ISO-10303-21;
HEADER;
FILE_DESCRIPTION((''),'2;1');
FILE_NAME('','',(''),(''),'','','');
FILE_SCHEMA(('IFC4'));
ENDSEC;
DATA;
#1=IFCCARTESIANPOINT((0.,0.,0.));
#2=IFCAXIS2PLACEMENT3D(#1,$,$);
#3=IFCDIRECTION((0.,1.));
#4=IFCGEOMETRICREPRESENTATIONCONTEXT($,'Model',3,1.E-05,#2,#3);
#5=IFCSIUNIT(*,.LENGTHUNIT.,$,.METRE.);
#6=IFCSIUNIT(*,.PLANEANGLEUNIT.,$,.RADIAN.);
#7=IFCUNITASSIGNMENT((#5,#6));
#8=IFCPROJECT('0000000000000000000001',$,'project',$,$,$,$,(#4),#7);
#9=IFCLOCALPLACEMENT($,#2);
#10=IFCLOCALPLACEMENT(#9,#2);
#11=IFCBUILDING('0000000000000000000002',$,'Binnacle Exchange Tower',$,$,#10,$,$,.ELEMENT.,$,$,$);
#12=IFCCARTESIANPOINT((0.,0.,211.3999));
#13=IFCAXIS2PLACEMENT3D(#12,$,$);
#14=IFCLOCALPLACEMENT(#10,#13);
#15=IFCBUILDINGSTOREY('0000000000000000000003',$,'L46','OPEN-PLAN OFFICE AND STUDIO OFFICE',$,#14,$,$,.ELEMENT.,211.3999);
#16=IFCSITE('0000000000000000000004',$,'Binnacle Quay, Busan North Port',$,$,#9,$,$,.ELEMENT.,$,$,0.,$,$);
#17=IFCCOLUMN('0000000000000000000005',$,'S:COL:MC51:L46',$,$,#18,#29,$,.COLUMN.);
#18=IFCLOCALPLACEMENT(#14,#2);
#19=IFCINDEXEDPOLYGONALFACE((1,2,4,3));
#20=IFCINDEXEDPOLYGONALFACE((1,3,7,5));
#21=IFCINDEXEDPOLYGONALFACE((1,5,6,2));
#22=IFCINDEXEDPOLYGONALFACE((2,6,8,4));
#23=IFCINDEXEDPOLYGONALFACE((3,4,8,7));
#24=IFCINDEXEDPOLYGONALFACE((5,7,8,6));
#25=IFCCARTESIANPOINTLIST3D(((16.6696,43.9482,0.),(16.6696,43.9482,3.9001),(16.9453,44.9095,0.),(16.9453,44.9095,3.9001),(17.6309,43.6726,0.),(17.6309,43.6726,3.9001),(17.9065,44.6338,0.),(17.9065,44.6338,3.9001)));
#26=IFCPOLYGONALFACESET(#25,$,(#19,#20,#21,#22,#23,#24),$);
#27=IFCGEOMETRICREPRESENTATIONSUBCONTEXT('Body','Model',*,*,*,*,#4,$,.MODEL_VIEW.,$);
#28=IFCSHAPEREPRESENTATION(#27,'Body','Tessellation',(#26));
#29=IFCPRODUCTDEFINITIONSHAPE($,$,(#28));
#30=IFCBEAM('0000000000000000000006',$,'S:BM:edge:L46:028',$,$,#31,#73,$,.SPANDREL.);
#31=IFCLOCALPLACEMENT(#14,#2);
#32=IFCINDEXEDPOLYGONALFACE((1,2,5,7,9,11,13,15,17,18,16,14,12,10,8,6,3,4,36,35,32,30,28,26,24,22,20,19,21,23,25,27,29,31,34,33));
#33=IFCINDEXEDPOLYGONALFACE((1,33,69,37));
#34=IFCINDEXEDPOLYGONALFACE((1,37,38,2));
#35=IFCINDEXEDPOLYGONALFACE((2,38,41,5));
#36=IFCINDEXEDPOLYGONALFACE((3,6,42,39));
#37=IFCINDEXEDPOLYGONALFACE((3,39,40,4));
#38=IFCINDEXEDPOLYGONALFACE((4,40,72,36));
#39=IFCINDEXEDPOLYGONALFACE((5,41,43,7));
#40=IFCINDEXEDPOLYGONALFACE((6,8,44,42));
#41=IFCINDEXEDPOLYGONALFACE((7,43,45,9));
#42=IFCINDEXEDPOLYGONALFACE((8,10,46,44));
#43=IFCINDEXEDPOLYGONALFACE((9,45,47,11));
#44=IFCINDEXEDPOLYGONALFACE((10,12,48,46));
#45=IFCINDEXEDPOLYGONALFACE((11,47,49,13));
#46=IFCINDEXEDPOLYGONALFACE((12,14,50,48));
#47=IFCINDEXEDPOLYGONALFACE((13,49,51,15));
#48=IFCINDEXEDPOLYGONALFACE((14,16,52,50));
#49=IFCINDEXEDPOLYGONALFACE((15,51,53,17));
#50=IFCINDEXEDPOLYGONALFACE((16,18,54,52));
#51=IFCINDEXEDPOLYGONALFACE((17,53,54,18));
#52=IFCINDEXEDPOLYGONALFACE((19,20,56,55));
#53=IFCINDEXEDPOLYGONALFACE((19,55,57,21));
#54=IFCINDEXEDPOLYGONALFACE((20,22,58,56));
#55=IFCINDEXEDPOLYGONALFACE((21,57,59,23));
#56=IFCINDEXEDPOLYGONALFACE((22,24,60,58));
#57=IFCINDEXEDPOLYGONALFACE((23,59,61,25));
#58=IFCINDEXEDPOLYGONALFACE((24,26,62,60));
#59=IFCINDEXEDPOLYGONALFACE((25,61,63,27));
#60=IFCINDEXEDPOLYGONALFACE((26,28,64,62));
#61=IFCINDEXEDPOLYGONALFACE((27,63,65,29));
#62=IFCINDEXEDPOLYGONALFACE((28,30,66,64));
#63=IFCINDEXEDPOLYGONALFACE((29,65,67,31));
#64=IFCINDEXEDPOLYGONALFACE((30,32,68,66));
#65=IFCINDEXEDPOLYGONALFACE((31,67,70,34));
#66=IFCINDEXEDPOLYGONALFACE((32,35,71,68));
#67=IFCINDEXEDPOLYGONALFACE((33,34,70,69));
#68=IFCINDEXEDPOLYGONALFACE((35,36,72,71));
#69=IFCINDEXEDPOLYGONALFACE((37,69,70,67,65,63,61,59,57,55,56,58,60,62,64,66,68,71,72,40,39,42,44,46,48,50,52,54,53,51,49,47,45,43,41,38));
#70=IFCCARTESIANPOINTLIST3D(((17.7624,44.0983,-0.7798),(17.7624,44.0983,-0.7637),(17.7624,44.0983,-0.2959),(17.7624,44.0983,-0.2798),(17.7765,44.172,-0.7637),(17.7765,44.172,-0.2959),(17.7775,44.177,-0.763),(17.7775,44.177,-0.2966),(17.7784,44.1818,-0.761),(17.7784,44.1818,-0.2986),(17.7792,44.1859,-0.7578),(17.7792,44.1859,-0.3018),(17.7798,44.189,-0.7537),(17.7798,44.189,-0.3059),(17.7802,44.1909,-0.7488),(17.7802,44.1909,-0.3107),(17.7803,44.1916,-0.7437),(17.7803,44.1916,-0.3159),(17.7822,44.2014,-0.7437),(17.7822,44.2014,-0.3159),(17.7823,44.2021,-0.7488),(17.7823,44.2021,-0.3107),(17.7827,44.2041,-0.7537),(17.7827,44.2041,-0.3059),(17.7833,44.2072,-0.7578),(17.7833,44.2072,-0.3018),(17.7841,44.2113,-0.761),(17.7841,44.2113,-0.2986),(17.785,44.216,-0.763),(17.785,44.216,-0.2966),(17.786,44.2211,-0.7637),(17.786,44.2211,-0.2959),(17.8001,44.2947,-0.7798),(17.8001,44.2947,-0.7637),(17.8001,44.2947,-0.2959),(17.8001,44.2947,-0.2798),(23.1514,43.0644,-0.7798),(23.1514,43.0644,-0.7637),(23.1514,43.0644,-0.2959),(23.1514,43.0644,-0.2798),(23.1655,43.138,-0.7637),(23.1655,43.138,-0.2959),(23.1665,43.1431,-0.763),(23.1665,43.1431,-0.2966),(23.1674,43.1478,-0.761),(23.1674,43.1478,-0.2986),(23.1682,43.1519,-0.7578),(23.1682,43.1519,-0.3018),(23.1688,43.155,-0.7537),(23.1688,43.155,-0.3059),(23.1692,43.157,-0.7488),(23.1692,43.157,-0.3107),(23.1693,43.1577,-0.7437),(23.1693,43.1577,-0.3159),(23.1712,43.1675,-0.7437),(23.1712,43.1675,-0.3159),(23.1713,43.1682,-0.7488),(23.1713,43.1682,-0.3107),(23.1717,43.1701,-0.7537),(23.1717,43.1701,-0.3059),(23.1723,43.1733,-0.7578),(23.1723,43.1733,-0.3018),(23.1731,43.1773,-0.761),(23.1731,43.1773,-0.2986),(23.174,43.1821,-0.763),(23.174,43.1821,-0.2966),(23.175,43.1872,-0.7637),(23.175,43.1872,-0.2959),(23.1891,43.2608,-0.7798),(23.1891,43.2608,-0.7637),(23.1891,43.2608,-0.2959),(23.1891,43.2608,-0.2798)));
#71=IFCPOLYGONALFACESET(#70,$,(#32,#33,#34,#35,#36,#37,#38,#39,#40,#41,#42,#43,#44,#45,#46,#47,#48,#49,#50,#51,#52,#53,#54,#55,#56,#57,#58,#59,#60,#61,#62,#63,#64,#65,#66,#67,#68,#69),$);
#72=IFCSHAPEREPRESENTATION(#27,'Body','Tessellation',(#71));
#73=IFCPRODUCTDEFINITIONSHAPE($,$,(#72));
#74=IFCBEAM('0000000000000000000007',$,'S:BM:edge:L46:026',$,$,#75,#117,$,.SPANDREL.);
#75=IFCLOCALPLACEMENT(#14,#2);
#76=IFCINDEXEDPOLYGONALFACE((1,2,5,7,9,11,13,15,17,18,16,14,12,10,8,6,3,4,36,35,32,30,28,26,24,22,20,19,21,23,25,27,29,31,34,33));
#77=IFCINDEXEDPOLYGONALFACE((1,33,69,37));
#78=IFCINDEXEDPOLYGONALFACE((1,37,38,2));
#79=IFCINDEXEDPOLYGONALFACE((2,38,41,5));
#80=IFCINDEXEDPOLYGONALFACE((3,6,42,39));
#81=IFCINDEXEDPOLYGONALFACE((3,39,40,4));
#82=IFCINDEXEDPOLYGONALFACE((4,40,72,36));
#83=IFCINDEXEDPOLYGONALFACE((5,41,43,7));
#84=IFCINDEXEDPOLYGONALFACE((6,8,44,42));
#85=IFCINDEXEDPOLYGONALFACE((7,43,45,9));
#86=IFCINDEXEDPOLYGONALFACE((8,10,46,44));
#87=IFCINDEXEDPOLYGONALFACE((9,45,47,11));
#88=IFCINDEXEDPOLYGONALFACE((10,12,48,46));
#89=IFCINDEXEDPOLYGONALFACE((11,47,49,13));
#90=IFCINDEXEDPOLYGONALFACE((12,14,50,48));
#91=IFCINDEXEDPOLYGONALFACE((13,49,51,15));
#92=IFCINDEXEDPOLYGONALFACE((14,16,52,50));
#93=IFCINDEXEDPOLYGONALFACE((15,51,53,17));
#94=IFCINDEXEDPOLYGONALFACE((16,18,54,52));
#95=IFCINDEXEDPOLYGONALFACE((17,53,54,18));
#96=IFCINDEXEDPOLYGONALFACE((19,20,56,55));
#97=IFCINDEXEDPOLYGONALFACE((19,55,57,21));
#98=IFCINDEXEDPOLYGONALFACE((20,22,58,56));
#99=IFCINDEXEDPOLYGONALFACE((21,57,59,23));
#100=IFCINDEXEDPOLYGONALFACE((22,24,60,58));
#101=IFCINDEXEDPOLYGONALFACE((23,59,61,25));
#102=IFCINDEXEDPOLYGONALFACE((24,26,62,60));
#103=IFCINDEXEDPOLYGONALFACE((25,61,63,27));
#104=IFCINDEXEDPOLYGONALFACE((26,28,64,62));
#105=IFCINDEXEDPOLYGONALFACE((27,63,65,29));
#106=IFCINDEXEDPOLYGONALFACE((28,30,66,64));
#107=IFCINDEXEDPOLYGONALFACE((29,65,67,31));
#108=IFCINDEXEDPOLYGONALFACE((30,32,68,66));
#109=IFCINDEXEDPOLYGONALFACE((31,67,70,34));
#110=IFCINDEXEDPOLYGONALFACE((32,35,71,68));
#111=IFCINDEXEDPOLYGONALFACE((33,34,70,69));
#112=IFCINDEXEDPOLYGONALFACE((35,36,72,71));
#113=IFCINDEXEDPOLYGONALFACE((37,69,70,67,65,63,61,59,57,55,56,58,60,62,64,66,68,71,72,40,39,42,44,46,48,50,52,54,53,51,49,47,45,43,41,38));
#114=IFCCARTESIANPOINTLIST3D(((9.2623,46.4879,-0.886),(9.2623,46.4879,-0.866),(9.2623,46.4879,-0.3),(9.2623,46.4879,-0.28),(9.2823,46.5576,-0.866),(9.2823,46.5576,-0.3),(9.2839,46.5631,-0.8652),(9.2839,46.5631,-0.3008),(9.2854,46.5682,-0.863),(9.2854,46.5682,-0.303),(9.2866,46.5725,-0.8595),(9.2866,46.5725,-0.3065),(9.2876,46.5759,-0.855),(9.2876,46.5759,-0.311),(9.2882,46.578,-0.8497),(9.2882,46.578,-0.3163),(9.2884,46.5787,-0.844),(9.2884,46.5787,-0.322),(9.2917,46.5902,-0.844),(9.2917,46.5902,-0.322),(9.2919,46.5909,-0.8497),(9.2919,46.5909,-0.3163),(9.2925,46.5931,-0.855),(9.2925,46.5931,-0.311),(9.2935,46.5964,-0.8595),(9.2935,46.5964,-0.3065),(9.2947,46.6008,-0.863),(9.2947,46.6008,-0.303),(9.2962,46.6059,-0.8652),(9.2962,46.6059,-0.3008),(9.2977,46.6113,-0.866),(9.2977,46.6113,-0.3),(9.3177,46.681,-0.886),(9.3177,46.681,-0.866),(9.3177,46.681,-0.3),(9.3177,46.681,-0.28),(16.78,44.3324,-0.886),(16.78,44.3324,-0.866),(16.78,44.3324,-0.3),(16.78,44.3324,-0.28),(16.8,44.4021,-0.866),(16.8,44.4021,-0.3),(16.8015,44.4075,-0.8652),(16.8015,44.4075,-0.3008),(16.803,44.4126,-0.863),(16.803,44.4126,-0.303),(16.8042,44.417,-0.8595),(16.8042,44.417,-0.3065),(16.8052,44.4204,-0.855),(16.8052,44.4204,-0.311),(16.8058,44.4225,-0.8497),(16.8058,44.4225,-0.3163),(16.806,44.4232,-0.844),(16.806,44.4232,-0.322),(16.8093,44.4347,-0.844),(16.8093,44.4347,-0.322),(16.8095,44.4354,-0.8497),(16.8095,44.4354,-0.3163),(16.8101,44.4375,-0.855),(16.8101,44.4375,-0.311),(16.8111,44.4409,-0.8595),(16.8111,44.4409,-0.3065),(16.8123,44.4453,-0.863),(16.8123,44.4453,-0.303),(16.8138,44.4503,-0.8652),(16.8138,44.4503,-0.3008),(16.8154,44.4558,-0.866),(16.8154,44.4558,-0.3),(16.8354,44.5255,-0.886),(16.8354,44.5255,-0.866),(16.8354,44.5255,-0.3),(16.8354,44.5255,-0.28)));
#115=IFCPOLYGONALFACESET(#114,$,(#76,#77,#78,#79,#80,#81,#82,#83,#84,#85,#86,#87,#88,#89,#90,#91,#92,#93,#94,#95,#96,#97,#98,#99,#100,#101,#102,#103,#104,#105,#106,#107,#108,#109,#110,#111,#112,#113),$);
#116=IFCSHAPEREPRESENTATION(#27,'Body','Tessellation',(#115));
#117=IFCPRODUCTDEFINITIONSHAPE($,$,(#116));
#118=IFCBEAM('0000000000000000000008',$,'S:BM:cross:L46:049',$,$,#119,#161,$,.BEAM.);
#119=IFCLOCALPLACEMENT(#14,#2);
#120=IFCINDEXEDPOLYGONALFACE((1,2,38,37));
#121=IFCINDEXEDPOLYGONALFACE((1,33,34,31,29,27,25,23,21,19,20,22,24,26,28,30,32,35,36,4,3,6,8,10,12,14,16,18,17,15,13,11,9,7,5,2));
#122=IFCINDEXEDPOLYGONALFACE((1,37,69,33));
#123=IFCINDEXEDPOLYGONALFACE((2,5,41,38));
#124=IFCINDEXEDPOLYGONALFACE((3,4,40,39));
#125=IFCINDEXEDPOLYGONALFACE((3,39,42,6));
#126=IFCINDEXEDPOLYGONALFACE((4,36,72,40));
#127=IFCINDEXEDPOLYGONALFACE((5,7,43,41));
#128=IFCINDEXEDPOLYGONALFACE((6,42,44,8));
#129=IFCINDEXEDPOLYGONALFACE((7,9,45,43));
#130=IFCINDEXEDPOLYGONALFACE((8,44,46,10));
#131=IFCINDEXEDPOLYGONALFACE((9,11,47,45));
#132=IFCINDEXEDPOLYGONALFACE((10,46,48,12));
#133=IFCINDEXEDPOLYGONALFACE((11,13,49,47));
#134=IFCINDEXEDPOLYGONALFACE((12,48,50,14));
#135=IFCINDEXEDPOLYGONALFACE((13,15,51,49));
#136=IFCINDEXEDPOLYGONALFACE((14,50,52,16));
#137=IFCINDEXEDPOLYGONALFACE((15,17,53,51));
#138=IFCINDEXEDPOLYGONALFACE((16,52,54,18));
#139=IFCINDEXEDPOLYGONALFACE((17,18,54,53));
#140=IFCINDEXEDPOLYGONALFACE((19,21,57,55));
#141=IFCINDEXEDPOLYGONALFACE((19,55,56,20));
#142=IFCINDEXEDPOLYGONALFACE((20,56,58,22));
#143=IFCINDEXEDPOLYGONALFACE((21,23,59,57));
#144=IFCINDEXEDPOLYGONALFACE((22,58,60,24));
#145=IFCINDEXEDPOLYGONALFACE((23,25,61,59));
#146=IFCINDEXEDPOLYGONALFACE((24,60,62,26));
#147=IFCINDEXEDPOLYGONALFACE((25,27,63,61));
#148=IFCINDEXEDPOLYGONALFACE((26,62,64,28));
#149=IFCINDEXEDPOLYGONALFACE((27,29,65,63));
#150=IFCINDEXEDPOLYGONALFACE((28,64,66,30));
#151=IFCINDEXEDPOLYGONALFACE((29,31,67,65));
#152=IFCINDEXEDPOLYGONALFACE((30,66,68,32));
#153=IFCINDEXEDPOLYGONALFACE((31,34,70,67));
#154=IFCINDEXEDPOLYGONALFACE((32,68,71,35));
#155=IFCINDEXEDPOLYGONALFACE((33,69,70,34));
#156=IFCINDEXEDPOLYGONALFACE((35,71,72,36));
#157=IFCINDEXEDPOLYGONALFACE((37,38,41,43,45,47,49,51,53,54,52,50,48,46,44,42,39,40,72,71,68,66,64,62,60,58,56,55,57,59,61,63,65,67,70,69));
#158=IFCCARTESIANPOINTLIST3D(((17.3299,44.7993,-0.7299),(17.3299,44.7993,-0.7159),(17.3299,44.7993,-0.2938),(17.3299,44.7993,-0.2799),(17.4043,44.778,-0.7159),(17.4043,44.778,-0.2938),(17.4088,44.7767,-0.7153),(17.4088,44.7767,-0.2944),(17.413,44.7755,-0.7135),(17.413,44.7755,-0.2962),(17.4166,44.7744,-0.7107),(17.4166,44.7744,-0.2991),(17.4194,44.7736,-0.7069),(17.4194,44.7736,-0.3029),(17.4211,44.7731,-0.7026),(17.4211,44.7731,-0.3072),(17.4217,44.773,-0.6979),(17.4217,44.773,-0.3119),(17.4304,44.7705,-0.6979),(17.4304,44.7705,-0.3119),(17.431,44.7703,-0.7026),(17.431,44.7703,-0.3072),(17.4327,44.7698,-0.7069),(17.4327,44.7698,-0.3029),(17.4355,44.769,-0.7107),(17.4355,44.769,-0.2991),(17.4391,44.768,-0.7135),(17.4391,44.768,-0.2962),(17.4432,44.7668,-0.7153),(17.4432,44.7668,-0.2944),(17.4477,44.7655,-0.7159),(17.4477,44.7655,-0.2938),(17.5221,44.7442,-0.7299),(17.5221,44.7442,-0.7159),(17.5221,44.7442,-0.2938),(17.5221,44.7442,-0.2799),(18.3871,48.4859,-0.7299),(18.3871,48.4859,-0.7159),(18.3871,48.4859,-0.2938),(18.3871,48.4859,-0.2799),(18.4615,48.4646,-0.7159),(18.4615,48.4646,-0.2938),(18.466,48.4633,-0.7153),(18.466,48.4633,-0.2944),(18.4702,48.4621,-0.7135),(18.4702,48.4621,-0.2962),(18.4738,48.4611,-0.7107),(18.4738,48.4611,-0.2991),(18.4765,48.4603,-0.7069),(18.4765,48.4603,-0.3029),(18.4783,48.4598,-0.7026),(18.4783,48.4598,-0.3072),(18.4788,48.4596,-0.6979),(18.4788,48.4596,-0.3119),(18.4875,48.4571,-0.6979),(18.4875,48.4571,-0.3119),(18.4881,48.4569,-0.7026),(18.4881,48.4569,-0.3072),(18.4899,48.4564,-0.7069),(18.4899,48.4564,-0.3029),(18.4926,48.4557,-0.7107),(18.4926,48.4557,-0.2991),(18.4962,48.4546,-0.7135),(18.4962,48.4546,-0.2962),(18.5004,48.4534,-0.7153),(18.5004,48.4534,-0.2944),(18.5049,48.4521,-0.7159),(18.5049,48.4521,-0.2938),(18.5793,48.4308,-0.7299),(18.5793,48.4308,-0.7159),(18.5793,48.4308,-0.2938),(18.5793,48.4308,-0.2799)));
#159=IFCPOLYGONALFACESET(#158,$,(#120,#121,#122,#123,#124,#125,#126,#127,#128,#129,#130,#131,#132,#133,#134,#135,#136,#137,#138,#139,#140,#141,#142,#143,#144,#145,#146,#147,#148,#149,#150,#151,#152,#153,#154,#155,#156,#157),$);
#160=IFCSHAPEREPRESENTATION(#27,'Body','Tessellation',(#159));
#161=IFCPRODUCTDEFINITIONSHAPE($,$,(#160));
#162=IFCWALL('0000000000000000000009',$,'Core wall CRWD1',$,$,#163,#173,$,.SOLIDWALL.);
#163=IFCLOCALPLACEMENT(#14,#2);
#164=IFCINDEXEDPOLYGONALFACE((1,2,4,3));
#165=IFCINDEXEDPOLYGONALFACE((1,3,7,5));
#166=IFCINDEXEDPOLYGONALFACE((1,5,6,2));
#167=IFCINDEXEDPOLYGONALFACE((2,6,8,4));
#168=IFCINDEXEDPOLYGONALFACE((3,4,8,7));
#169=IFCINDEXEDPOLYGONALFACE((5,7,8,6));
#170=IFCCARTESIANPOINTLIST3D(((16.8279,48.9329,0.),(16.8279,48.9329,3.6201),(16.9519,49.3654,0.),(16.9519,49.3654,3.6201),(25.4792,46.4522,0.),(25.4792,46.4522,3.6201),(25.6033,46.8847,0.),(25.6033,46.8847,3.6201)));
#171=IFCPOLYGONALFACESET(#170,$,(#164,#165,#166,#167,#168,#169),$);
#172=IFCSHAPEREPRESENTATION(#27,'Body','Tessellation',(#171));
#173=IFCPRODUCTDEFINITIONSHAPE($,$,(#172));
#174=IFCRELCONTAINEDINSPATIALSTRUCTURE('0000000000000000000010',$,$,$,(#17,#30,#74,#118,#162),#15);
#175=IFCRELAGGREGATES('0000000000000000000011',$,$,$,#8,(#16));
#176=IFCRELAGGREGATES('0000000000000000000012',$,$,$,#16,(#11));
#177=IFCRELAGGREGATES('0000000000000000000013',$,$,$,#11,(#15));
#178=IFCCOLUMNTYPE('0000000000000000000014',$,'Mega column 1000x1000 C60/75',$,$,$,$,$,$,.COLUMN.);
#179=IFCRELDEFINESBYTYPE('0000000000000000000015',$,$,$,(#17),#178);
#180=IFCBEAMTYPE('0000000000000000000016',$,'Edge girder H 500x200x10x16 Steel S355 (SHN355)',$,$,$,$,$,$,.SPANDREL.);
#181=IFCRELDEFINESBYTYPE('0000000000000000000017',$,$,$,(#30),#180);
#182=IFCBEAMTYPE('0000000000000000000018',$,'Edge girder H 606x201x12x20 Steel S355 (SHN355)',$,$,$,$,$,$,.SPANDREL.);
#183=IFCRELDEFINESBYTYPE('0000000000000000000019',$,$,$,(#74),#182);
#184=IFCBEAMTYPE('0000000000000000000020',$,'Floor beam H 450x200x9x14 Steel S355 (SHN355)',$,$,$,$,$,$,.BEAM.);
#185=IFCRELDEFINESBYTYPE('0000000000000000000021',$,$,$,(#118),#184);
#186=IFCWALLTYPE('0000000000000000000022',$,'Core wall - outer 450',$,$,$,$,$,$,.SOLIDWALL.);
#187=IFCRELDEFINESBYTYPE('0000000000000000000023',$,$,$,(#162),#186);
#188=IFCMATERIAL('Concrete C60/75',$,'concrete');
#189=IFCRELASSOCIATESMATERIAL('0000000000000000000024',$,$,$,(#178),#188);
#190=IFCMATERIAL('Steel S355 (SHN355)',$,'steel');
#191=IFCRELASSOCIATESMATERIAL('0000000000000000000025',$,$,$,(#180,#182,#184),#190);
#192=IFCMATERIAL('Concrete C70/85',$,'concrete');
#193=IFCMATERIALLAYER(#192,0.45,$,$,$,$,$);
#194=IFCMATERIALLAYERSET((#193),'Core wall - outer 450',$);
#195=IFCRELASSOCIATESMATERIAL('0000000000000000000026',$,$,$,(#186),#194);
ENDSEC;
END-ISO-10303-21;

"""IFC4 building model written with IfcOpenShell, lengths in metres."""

from ifc_helpers import new_model, si_unit, direction, frame, frame_2d, origin, origin_2d, place, context, subcontext, project, spatial, rectangle, i_section, extrude, material, layer, layer_set, material_profile, profile_set, type_object, element, save


model = new_model("IFC4")

# Units and contexts
model_context = context("Model", 3, precision=1e-05, world=origin(), true_north=direction((0.0, 1.0)))
body_context = subcontext(model_context, "Body", "Model", "MODEL_VIEW")
ifc_project = project(units=[si_unit("LENGTHUNIT", "METRE"), si_unit("PLANEANGLEUNIT", "RADIAN")], contexts=[model_context])

# Site, building, storey
site_placement = place(None, origin())
site = spatial("IfcSite", under=ifc_project, at=site_placement, Name="Binnacle Quay, Busan North Port", CompositionType="ELEMENT", RefElevation=0.0)
building_placement = place(site_placement, origin())
building = spatial("IfcBuilding", under=site, at=building_placement, Name="Binnacle Exchange Tower", CompositionType="ELEMENT")
storey_placement = place(building_placement, frame((0.0, 0.0, 211.3999)))
storey = spatial("IfcBuildingStorey", under=building, at=storey_placement, Name="L46", Description="OPEN-PLAN OFFICE AND STUDIO OFFICE", CompositionType="ELEMENT", Elevation=211.3999)

# Column
ifc_material_1 = material(Name="Concrete C60/75", Category="concrete")
ifc_material_profile_1 = material_profile(ifc_material_1, rectangle(XDim=1.0, YDim=1.0, at=origin_2d()), Name="Mega column 1000x1000 C60/75")
ifc_profile_set_1 = profile_set([ifc_material_profile_1], Name="Concrete C60/75")
column_type = type_object("IfcColumnType", Name="Mega column 1000x1000 C60/75", PredefinedType="COLUMN", material=ifc_profile_set_1)
column_placement = place(storey_placement, frame((17.2881, 44.291, 0.0), z_axis=(0.0, 0.0, 1.0), x_axis=(0.961262, -0.275637, 0.0)))
element("IfcColumn", 1, at=column_placement, inside=storey, type_object=column_type, Name="S:COL:MC51:L46", PredefinedType="COLUMN", context=body_context, shape_type="SweptSolid", body=[
    extrude(rectangle(XDim=1.0, YDim=1.0, at=origin_2d()), origin(), (0.0, 0.0, 1.0), 3.9001),
])

# Beams
ifc_material_2 = material(Name="Steel S355 (SHN355)", Category="steel")
ifc_material_profile_2 = material_profile(ifc_material_2, i_section(OverallWidth=0.2, OverallDepth=0.5, WebThickness=0.01, FlangeThickness=0.0161, FilletRadius=0.02, at=origin_2d()), Name="H 500x200x10x16")
ifc_profile_set_2 = profile_set([ifc_material_profile_2], Name="Steel S355 (SHN355)")
beam_type_1 = type_object("IfcBeamType", Name="Edge girder H 500x200x10x16 Steel S355 (SHN355)", PredefinedType="SPANDREL", material=ifc_profile_set_2)
beam_1_placement = place(storey_placement, frame((17.7812, 44.1965, -0.5298), z_axis=(0.982087, -0.188427, 0.0), x_axis=(0.188427, 0.982087, 0.0)))
element("IfcBeam", 2, at=beam_1_placement, inside=storey, type_object=beam_type_1, Name="S:BM:edge:L46:028", PredefinedType="SPANDREL", context=body_context, shape_type="SweptSolid", body=[
    extrude(i_section(OverallWidth=0.2, OverallDepth=0.5, WebThickness=0.01, FlangeThickness=0.0161, FilletRadius=0.02, at=origin_2d()), origin(), (0.0, 0.0, 1.0), 5.4873),
])
ifc_material_profile_3 = material_profile(ifc_material_2, i_section(OverallWidth=0.2009, OverallDepth=0.606, WebThickness=0.012, FlangeThickness=0.02, FilletRadius=0.022, at=origin_2d()), Name="H 606x201x12x20")
ifc_profile_set_3 = profile_set([ifc_material_profile_3], Name="Steel S355 (SHN355)")
beam_type_2 = type_object("IfcBeamType", Name="Edge girder H 606x201x12x20 Steel S355 (SHN355)", PredefinedType="SPANDREL", material=ifc_profile_set_3)
beam_2_placement = place(storey_placement, frame((9.29, 46.5845, -0.583), z_axis=(0.961266, -0.275624, 0.0), x_axis=(0.275624, 0.961266, 0.0)))
element("IfcBeam", 3, at=beam_2_placement, inside=storey, type_object=beam_type_2, Name="S:BM:edge:L46:026", PredefinedType="SPANDREL", context=body_context, shape_type="SweptSolid", body=[
    extrude(i_section(OverallWidth=0.2009, OverallDepth=0.606, WebThickness=0.012, FlangeThickness=0.02, FilletRadius=0.022, at=origin_2d()), origin(), (0.0, 0.0, 1.0), 7.8206),
])
ifc_material_profile_4 = material_profile(ifc_material_2, i_section(OverallWidth=0.2, OverallDepth=0.45, WebThickness=0.009, FlangeThickness=0.0139, FilletRadius=0.0181, at=origin_2d()), Name="H 450x200x9x14")
ifc_profile_set_4 = profile_set([ifc_material_profile_4], Name="Steel S355 (SHN355)")
beam_type_3 = type_object("IfcBeamType", Name="Floor beam H 450x200x9x14 Steel S355 (SHN355)", PredefinedType="BEAM", material=ifc_profile_set_4)
beam_3_placement = place(storey_placement, frame((17.426, 44.7717, -0.5049), z_axis=(0.275646, 0.961259, 0.0), x_axis=(-0.961259, 0.275646, 0.0)))
element("IfcBeam", 4, at=beam_3_placement, inside=storey, type_object=beam_type_3, Name="S:BM:cross:L46:049", PredefinedType="BEAM", context=body_context, shape_type="SweptSolid", body=[
    extrude(i_section(OverallWidth=0.2, OverallDepth=0.45, WebThickness=0.009, FlangeThickness=0.0139, FilletRadius=0.0181, at=origin_2d()), origin(), (0.0, 0.0, 1.0), 3.8352),
])

# Wall
ifc_material_3 = material(Name="Concrete C70/85", Category="concrete")
ifc_layer_1 = layer(ifc_material_3, 0.45)
ifc_layer_set_1 = layer_set([ifc_layer_1], Name="Core wall - outer 450")
wall_type_1 = type_object("IfcWallType", Name="Core wall - outer 450", PredefinedType="SOLIDWALL", material=ifc_layer_set_1)
wall_1_placement = place(storey_placement, frame((16.8899, 49.1492, 0.0), z_axis=(0.0, 0.0, 1.0), x_axis=(0.961262, -0.275635, 0.0)))
element("IfcWall", 5, at=wall_1_placement, inside=storey, type_object=wall_type_1, Name="Core wall CRWD1", PredefinedType="SOLIDWALL", context=body_context, shape_type="SweptSolid", body=[
    extrude(rectangle(XDim=9.0, YDim=0.45, at=frame_2d((4.5, 0.0))), origin(), (0.0, 0.0, 1.0), 3.6201),
])

save(model, "model.ifc")
